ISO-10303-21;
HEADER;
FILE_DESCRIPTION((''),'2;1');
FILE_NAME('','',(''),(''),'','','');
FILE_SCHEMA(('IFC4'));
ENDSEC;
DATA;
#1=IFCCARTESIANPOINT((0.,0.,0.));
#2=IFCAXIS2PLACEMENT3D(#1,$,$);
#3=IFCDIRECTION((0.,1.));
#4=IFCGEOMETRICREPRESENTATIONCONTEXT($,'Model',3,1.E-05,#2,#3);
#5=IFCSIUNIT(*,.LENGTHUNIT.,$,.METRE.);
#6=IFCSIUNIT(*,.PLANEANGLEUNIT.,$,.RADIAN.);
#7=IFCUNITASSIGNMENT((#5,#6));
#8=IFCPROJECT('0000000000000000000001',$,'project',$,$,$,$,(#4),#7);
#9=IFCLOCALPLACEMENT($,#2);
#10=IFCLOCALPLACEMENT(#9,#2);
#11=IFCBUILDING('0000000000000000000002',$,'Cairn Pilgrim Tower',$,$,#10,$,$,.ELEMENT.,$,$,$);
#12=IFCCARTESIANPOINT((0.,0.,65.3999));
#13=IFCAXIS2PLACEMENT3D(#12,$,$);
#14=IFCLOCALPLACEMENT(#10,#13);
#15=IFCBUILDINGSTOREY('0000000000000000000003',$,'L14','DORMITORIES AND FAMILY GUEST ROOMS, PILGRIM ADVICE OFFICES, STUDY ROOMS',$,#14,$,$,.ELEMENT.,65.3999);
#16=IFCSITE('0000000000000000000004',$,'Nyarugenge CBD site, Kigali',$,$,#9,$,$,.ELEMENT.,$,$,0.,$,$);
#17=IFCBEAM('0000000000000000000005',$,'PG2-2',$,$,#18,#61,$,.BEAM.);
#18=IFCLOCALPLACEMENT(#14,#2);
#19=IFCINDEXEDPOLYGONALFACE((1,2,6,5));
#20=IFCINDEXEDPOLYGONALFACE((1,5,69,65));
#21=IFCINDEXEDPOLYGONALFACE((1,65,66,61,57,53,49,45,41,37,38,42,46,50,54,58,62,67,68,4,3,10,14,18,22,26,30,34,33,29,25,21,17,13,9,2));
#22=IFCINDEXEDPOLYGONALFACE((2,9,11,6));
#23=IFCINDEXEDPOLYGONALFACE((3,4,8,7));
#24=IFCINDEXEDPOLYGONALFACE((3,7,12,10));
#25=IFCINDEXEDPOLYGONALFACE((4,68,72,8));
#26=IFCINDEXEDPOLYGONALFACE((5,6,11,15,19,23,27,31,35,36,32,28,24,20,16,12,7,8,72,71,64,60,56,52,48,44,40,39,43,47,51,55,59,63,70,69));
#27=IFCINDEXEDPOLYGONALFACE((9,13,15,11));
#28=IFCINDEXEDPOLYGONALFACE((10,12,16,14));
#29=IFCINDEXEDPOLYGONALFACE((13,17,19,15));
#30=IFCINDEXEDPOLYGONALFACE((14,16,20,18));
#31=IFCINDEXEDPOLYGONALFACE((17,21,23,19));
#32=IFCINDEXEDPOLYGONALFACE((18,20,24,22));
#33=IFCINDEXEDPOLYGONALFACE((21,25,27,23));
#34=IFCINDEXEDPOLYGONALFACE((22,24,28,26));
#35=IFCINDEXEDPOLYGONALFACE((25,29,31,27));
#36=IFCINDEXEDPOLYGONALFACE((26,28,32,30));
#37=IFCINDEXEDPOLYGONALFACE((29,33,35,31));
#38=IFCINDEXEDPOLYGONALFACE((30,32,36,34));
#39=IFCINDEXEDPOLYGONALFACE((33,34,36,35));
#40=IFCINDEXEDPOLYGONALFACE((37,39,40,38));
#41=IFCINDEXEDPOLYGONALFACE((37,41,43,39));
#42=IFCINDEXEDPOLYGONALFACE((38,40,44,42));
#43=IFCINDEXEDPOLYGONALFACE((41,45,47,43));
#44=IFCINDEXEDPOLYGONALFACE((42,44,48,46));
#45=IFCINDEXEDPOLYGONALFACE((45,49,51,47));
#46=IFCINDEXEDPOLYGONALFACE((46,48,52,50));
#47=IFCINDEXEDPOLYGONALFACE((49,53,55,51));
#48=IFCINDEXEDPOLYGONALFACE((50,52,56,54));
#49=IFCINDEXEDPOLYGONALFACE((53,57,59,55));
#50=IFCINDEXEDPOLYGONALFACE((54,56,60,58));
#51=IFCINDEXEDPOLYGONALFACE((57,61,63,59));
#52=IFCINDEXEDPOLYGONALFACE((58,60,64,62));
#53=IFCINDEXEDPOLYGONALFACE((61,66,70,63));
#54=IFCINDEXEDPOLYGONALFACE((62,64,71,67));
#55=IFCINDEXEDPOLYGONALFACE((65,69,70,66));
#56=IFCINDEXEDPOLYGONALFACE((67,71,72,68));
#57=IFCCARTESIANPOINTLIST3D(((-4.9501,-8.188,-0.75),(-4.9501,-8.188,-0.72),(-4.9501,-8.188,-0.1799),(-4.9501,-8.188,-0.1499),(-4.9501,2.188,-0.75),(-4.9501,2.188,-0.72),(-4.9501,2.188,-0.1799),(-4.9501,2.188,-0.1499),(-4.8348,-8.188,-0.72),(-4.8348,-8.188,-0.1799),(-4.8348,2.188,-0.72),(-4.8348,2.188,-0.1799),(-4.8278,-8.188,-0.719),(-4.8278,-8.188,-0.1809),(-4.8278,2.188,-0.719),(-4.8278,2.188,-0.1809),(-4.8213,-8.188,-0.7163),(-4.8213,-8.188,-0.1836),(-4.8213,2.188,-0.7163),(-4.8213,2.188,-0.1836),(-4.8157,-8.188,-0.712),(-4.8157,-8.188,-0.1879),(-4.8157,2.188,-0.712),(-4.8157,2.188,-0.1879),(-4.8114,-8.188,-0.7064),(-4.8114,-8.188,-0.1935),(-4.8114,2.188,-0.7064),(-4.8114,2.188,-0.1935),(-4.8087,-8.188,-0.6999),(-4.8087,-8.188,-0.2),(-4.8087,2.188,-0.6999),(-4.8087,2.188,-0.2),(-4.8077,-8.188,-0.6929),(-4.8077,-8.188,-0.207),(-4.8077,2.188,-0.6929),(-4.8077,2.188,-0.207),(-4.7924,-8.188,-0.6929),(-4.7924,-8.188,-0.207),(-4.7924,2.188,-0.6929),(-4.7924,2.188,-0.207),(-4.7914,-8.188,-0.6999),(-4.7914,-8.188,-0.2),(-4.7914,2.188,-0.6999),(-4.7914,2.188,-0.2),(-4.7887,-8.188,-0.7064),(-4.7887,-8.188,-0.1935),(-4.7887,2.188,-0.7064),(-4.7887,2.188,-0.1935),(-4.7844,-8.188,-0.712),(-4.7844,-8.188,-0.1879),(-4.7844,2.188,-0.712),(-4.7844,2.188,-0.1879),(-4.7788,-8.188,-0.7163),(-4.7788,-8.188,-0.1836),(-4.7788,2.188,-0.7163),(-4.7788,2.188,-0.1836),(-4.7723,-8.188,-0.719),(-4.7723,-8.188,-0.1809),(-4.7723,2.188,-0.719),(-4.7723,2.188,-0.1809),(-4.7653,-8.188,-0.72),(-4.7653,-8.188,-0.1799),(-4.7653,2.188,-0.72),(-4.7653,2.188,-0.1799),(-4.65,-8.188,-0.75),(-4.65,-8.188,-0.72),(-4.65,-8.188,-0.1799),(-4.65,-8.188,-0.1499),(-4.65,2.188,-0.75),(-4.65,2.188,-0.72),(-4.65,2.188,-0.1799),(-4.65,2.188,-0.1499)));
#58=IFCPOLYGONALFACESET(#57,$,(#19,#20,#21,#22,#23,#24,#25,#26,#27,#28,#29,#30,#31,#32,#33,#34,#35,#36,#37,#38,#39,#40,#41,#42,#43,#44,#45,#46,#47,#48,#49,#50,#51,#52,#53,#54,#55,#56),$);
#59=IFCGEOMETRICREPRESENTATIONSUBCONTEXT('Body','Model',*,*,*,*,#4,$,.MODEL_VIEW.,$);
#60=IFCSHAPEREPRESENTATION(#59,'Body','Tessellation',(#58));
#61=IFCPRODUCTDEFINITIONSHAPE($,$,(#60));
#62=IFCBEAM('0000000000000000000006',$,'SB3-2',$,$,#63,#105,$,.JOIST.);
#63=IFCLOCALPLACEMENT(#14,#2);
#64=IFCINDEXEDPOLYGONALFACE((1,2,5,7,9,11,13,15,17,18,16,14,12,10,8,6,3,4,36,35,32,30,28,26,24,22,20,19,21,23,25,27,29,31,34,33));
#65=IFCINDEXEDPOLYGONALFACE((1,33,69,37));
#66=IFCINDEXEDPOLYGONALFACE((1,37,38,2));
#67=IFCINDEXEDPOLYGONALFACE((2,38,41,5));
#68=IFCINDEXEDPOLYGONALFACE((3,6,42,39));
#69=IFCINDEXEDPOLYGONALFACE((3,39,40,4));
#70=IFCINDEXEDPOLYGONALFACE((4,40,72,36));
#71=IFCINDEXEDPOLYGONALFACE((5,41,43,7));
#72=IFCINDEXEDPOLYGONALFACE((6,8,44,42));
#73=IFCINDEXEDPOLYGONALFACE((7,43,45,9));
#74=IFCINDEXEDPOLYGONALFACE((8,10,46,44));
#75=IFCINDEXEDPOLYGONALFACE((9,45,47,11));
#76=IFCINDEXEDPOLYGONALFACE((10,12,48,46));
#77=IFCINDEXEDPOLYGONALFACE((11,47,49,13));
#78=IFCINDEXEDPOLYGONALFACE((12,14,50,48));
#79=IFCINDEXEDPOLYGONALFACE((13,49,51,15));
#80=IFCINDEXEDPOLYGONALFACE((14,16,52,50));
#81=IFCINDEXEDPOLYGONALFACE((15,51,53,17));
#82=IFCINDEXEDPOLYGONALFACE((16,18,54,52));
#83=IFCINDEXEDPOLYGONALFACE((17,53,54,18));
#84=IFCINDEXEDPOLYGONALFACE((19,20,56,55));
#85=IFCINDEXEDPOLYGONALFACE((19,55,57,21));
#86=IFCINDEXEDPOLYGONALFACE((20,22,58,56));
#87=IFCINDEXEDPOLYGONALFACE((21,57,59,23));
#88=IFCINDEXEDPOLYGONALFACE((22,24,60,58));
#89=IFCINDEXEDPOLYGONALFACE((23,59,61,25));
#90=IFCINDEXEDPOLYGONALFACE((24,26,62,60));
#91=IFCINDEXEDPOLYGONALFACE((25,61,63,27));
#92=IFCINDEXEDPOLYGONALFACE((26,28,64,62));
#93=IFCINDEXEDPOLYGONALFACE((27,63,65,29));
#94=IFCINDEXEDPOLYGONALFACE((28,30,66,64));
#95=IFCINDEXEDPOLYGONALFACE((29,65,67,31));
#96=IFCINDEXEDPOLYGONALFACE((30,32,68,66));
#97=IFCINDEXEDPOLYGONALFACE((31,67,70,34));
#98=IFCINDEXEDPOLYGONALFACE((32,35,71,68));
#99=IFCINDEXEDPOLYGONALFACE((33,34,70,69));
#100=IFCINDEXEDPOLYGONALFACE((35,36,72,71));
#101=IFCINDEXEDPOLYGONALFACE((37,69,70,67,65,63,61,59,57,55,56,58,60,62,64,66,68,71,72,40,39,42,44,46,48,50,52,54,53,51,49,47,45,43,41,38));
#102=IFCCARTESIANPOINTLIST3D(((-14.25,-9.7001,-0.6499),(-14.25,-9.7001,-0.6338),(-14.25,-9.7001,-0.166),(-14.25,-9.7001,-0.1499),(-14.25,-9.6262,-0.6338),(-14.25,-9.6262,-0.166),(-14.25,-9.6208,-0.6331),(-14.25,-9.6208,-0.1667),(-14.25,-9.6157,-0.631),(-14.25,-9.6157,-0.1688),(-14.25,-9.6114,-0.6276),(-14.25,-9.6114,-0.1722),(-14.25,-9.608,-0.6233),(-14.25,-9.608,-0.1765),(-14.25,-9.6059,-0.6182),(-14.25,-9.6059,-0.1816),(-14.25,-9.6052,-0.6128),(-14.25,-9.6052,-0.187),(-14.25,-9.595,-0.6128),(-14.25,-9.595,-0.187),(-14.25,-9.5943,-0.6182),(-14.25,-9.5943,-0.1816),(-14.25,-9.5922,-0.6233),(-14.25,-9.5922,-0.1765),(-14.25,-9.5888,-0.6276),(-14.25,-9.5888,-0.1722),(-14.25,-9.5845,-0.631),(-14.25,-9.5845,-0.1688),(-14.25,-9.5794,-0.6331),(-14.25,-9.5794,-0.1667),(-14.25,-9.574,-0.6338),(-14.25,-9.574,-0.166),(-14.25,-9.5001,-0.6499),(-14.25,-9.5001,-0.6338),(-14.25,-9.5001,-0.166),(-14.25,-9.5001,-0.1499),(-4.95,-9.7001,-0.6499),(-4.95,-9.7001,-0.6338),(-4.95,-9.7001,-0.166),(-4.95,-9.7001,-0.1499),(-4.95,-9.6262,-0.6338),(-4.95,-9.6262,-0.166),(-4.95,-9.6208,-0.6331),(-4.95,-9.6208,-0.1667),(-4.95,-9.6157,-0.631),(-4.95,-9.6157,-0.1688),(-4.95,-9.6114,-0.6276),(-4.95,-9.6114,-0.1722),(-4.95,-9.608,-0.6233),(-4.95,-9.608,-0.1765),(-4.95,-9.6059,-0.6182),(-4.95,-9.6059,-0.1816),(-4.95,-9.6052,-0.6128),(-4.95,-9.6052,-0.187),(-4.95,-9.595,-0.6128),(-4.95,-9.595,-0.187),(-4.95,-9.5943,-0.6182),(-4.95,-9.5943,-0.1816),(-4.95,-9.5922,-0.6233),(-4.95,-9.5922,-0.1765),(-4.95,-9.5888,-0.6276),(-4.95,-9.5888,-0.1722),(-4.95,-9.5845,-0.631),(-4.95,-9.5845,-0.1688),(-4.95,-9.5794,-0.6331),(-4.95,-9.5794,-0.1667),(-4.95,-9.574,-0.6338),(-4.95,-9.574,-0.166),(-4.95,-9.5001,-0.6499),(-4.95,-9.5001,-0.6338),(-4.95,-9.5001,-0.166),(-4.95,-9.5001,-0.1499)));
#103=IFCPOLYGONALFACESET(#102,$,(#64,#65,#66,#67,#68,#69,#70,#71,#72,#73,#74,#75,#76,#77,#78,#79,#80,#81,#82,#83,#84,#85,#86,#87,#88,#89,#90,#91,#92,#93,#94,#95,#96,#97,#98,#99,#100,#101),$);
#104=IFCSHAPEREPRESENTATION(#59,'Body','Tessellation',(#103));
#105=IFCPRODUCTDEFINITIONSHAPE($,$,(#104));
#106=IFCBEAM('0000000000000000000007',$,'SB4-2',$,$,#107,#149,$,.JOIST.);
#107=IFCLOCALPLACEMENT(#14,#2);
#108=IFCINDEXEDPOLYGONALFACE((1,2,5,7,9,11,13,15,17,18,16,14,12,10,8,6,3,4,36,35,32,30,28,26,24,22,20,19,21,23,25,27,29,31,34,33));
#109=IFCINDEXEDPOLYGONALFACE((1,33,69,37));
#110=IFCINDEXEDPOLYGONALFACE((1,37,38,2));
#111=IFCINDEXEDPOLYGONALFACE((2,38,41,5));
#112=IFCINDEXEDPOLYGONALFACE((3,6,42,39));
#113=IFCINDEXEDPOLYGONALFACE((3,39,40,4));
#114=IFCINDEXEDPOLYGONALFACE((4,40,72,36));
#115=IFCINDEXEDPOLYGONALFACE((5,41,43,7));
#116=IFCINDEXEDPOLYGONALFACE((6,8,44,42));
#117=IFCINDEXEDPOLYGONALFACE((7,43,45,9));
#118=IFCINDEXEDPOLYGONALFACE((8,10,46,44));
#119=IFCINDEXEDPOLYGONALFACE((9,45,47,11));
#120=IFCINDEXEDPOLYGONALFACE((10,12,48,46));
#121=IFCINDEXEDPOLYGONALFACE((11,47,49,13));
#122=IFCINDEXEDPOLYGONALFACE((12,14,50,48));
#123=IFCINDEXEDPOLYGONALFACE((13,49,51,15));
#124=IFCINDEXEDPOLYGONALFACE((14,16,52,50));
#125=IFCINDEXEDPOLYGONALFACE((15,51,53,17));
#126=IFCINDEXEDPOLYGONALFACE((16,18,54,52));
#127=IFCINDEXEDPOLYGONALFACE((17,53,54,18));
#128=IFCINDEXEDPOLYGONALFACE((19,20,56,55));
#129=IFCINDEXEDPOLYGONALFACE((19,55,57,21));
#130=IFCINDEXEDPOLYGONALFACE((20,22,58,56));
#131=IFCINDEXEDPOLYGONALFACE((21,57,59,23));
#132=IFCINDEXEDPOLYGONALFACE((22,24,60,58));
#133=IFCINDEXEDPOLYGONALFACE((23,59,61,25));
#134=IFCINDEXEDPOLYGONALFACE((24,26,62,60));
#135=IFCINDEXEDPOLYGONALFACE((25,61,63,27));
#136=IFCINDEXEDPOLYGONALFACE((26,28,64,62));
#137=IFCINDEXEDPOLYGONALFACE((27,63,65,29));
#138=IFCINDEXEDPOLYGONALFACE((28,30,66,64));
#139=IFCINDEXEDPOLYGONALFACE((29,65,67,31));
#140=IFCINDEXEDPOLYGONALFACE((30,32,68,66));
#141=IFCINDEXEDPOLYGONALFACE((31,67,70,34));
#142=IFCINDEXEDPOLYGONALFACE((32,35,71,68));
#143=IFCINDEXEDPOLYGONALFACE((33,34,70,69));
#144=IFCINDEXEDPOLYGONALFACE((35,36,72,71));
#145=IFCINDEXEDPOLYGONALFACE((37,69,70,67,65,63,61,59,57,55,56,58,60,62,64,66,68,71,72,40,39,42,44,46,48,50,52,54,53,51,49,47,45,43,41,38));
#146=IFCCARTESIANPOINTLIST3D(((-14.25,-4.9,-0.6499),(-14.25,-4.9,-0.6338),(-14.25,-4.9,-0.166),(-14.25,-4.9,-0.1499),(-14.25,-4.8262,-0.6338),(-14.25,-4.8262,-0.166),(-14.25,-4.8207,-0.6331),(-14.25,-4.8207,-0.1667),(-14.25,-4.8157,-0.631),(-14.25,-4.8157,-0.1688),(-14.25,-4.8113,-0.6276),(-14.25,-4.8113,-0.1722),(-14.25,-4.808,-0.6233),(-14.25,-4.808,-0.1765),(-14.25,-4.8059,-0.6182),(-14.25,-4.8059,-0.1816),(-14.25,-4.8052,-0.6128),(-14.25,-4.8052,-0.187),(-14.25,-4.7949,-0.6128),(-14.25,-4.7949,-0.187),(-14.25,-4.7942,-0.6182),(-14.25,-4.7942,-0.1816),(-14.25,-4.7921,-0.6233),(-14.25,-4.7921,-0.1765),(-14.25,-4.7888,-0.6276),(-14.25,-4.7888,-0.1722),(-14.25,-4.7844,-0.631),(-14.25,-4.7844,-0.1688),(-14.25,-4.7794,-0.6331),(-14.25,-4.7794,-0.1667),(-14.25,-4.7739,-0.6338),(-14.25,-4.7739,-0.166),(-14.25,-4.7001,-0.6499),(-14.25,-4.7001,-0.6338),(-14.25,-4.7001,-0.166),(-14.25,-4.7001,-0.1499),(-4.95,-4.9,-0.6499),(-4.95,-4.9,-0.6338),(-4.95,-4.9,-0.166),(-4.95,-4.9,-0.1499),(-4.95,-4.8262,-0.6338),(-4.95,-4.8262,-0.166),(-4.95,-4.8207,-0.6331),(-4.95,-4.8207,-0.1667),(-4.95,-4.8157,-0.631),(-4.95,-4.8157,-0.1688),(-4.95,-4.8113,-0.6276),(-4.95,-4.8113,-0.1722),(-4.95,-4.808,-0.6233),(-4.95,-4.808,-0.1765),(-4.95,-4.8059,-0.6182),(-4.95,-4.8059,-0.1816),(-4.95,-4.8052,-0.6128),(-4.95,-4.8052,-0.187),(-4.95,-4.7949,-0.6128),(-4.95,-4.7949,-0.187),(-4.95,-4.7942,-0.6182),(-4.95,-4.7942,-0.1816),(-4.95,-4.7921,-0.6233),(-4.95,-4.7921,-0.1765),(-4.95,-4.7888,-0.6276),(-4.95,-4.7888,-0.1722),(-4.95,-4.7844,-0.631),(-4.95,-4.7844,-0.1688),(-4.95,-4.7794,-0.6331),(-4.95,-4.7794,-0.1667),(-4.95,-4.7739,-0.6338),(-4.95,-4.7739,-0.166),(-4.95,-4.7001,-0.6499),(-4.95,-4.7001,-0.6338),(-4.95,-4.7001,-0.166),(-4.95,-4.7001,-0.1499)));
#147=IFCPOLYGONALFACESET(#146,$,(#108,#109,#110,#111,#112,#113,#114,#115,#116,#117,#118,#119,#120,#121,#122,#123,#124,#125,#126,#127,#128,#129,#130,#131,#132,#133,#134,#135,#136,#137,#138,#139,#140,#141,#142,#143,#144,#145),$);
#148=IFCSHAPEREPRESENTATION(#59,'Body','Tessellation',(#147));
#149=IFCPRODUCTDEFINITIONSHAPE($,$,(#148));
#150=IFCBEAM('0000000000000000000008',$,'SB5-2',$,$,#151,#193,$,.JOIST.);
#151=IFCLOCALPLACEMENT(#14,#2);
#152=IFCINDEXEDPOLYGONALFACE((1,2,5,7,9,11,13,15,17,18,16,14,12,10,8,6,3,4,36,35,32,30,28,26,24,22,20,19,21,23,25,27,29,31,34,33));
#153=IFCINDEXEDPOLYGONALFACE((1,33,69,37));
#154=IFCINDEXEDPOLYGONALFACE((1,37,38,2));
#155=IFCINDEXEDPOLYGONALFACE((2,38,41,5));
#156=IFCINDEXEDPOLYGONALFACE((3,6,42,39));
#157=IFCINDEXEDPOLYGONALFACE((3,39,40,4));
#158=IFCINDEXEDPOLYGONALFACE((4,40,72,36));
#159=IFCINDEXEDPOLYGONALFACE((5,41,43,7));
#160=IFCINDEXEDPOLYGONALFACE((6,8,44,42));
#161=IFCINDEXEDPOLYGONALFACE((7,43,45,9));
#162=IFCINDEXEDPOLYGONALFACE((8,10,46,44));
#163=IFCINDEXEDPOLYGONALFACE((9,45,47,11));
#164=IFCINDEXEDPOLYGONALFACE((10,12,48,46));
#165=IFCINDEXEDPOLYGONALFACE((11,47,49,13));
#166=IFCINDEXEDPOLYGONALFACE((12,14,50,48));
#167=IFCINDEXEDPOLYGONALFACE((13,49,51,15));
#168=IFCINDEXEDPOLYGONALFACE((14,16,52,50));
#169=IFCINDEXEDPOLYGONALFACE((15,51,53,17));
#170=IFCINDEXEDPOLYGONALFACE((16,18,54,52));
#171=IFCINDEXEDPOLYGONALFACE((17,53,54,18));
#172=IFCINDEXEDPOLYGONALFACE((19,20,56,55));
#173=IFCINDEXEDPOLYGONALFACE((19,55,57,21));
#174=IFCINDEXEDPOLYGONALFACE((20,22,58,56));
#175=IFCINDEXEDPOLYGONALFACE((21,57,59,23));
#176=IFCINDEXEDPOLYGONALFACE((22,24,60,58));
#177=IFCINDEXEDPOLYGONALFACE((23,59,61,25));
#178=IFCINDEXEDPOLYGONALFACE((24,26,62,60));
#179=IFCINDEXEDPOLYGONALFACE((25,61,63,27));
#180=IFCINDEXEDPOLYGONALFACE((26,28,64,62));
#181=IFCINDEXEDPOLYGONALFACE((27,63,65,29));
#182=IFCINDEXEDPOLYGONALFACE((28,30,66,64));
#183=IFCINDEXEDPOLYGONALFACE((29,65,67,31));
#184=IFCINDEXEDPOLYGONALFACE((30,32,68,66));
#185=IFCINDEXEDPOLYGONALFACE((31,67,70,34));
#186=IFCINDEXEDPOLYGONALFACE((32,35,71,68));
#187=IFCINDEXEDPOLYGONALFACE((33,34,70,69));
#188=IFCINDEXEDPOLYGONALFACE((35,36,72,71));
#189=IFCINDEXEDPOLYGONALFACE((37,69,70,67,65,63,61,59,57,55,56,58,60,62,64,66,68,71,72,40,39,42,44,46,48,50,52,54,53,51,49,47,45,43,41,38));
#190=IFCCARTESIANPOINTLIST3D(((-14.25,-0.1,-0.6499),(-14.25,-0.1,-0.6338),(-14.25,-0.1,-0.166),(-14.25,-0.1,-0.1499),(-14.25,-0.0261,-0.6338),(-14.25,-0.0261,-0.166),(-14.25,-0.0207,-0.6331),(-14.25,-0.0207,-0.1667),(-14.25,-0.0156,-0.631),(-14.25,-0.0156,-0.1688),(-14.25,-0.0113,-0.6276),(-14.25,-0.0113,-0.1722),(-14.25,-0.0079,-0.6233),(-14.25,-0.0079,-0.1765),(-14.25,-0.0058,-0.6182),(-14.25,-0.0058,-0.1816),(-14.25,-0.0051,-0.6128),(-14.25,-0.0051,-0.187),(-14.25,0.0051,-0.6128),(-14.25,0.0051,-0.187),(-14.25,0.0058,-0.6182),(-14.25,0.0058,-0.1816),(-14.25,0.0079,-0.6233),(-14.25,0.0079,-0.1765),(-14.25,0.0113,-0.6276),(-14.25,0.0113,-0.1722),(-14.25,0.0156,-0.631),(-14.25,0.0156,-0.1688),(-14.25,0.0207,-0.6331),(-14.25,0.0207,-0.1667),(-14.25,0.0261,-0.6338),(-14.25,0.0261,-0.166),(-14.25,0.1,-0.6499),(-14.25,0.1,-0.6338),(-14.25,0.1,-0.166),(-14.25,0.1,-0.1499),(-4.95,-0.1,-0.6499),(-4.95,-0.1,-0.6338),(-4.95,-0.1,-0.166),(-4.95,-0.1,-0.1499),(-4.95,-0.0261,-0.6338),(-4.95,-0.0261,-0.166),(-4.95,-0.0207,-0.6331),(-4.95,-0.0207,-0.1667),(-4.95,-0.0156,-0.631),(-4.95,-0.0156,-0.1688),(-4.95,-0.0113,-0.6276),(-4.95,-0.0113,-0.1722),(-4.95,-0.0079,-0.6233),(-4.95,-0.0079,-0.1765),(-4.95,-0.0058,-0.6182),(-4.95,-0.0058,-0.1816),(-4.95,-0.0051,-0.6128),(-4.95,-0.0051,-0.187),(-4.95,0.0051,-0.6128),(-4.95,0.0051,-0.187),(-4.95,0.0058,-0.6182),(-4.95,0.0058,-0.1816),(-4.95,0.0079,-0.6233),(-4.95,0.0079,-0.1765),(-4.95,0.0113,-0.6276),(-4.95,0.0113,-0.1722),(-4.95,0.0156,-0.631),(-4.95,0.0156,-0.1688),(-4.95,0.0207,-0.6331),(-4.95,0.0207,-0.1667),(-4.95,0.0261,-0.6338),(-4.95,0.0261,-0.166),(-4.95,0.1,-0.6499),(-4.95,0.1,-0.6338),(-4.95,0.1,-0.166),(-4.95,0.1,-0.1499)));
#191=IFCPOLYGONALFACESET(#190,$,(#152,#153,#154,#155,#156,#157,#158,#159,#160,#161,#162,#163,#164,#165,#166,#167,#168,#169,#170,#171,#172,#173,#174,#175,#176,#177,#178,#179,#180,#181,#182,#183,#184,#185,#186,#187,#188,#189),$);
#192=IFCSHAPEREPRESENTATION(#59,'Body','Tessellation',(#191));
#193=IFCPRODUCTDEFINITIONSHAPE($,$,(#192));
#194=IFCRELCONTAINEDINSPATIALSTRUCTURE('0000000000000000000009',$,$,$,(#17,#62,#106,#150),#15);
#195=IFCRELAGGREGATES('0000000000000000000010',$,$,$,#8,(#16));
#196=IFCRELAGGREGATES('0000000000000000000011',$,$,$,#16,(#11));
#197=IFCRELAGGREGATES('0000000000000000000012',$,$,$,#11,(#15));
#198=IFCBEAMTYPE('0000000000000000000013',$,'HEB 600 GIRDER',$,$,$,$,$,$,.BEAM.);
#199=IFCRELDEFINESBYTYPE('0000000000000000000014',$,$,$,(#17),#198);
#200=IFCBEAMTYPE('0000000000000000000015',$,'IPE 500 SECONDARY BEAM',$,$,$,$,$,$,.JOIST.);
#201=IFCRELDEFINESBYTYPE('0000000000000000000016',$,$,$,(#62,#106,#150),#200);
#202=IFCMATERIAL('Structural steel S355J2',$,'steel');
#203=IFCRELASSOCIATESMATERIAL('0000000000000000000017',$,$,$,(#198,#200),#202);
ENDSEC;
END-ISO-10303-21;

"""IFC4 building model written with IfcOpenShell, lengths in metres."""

from ifc_helpers import new_model, si_unit, direction, frame, origin, origin_2d, place, context, subcontext, project, spatial, i_section, extrude, material, material_profile, profile_set, type_object, element, save


model = new_model("IFC4")

# Units and contexts
model_context = context("Model", 3, precision=1e-05, world=origin(), true_north=direction((0.0, 1.0)))
body_context = subcontext(model_context, "Body", "Model", "MODEL_VIEW")
ifc_project = project(units=[si_unit("LENGTHUNIT", "METRE"), si_unit("PLANEANGLEUNIT", "RADIAN")], contexts=[model_context])

# Site, building, storey
site_placement = place(None, origin())
site = spatial("IfcSite", under=ifc_project, at=site_placement, Name="Nyarugenge CBD site, Kigali", CompositionType="ELEMENT", RefElevation=0.0)
building_placement = place(site_placement, origin())
building = spatial("IfcBuilding", under=site, at=building_placement, Name="Cairn Pilgrim Tower", CompositionType="ELEMENT")
storey_placement = place(building_placement, frame((0.0, 0.0, 65.3999)))
storey = spatial("IfcBuildingStorey", under=building, at=storey_placement, Name="L14", Description="DORMITORIES AND FAMILY GUEST ROOMS, PILGRIM ADVICE OFFICES, STUDY ROOMS", CompositionType="ELEMENT", Elevation=65.3999)

# Beams
ifc_material_1 = material(Name="Structural steel S355J2", Category="steel")
ifc_material_profile_1 = material_profile(ifc_material_1, i_section(OverallWidth=0.3, OverallDepth=0.6001, WebThickness=0.0154, FlangeThickness=0.03, FilletRadius=0.0271, at=origin_2d()), Name="HEB 600")
ifc_profile_set_1 = profile_set([ifc_material_profile_1], Name="Structural steel S355J2")
beam_type_1 = type_object("IfcBeamType", Name="HEB 600 GIRDER", PredefinedType="BEAM", material=ifc_profile_set_1)
beam_1_placement = place(storey_placement, frame((-4.8, -8.188, -0.45), z_axis=(0.0, 1.0, 0.0), x_axis=(-1.0, 0.0, 0.0)))
element("IfcBeam", 1, at=beam_1_placement, inside=storey, type_object=beam_type_1, Name="PG2-2", PredefinedType="BEAM", context=body_context, shape_type="SweptSolid", body=[
    extrude(i_section(OverallWidth=0.3, OverallDepth=0.6001, WebThickness=0.0154, FlangeThickness=0.03, FilletRadius=0.0271, at=origin_2d()), origin(), (0.0, 0.0, 1.0), 10.376),
])
ifc_material_profile_2 = material_profile(ifc_material_1, i_section(OverallWidth=0.2, OverallDepth=0.5, WebThickness=0.0103, FlangeThickness=0.0161, FilletRadius=0.021, at=origin_2d()), Name="IPE 500")
ifc_profile_set_2 = profile_set([ifc_material_profile_2], Name="Structural steel S355J2")
beam_type_2 = type_object("IfcBeamType", Name="IPE 500 SECONDARY BEAM", PredefinedType="JOIST", material=ifc_profile_set_2)
for number, where, z_axis, x_axis, name in (
    (2, (-14.25, -9.6001, -0.3999), (1.0, 0.0, 0.0), (0.0, 1.0, 0.0), "SB3-2"),
    (3, (-14.25, -4.8, -0.3999), (1.0, 0.0, 0.0), (0.0, 1.0, 0.0), "SB4-2"),
    (4, (-14.25, 0.0, -0.3999), (1.0, 0.0, 0.0), (0.0, 1.0, 0.0), "SB5-2"),
):
    element("IfcBeam", number, at=place(storey_placement, frame(where, z_axis=z_axis, x_axis=x_axis)), inside=storey, type_object=beam_type_2, Name=name, PredefinedType="JOIST", context=body_context, shape_type="SweptSolid", body=[
        extrude(i_section(OverallWidth=0.2, OverallDepth=0.5, WebThickness=0.0103, FlangeThickness=0.0161, FilletRadius=0.021, at=origin_2d()), origin(), (0.0, 0.0, 1.0), 9.3),
    ])

save(model, "model.ifc")
